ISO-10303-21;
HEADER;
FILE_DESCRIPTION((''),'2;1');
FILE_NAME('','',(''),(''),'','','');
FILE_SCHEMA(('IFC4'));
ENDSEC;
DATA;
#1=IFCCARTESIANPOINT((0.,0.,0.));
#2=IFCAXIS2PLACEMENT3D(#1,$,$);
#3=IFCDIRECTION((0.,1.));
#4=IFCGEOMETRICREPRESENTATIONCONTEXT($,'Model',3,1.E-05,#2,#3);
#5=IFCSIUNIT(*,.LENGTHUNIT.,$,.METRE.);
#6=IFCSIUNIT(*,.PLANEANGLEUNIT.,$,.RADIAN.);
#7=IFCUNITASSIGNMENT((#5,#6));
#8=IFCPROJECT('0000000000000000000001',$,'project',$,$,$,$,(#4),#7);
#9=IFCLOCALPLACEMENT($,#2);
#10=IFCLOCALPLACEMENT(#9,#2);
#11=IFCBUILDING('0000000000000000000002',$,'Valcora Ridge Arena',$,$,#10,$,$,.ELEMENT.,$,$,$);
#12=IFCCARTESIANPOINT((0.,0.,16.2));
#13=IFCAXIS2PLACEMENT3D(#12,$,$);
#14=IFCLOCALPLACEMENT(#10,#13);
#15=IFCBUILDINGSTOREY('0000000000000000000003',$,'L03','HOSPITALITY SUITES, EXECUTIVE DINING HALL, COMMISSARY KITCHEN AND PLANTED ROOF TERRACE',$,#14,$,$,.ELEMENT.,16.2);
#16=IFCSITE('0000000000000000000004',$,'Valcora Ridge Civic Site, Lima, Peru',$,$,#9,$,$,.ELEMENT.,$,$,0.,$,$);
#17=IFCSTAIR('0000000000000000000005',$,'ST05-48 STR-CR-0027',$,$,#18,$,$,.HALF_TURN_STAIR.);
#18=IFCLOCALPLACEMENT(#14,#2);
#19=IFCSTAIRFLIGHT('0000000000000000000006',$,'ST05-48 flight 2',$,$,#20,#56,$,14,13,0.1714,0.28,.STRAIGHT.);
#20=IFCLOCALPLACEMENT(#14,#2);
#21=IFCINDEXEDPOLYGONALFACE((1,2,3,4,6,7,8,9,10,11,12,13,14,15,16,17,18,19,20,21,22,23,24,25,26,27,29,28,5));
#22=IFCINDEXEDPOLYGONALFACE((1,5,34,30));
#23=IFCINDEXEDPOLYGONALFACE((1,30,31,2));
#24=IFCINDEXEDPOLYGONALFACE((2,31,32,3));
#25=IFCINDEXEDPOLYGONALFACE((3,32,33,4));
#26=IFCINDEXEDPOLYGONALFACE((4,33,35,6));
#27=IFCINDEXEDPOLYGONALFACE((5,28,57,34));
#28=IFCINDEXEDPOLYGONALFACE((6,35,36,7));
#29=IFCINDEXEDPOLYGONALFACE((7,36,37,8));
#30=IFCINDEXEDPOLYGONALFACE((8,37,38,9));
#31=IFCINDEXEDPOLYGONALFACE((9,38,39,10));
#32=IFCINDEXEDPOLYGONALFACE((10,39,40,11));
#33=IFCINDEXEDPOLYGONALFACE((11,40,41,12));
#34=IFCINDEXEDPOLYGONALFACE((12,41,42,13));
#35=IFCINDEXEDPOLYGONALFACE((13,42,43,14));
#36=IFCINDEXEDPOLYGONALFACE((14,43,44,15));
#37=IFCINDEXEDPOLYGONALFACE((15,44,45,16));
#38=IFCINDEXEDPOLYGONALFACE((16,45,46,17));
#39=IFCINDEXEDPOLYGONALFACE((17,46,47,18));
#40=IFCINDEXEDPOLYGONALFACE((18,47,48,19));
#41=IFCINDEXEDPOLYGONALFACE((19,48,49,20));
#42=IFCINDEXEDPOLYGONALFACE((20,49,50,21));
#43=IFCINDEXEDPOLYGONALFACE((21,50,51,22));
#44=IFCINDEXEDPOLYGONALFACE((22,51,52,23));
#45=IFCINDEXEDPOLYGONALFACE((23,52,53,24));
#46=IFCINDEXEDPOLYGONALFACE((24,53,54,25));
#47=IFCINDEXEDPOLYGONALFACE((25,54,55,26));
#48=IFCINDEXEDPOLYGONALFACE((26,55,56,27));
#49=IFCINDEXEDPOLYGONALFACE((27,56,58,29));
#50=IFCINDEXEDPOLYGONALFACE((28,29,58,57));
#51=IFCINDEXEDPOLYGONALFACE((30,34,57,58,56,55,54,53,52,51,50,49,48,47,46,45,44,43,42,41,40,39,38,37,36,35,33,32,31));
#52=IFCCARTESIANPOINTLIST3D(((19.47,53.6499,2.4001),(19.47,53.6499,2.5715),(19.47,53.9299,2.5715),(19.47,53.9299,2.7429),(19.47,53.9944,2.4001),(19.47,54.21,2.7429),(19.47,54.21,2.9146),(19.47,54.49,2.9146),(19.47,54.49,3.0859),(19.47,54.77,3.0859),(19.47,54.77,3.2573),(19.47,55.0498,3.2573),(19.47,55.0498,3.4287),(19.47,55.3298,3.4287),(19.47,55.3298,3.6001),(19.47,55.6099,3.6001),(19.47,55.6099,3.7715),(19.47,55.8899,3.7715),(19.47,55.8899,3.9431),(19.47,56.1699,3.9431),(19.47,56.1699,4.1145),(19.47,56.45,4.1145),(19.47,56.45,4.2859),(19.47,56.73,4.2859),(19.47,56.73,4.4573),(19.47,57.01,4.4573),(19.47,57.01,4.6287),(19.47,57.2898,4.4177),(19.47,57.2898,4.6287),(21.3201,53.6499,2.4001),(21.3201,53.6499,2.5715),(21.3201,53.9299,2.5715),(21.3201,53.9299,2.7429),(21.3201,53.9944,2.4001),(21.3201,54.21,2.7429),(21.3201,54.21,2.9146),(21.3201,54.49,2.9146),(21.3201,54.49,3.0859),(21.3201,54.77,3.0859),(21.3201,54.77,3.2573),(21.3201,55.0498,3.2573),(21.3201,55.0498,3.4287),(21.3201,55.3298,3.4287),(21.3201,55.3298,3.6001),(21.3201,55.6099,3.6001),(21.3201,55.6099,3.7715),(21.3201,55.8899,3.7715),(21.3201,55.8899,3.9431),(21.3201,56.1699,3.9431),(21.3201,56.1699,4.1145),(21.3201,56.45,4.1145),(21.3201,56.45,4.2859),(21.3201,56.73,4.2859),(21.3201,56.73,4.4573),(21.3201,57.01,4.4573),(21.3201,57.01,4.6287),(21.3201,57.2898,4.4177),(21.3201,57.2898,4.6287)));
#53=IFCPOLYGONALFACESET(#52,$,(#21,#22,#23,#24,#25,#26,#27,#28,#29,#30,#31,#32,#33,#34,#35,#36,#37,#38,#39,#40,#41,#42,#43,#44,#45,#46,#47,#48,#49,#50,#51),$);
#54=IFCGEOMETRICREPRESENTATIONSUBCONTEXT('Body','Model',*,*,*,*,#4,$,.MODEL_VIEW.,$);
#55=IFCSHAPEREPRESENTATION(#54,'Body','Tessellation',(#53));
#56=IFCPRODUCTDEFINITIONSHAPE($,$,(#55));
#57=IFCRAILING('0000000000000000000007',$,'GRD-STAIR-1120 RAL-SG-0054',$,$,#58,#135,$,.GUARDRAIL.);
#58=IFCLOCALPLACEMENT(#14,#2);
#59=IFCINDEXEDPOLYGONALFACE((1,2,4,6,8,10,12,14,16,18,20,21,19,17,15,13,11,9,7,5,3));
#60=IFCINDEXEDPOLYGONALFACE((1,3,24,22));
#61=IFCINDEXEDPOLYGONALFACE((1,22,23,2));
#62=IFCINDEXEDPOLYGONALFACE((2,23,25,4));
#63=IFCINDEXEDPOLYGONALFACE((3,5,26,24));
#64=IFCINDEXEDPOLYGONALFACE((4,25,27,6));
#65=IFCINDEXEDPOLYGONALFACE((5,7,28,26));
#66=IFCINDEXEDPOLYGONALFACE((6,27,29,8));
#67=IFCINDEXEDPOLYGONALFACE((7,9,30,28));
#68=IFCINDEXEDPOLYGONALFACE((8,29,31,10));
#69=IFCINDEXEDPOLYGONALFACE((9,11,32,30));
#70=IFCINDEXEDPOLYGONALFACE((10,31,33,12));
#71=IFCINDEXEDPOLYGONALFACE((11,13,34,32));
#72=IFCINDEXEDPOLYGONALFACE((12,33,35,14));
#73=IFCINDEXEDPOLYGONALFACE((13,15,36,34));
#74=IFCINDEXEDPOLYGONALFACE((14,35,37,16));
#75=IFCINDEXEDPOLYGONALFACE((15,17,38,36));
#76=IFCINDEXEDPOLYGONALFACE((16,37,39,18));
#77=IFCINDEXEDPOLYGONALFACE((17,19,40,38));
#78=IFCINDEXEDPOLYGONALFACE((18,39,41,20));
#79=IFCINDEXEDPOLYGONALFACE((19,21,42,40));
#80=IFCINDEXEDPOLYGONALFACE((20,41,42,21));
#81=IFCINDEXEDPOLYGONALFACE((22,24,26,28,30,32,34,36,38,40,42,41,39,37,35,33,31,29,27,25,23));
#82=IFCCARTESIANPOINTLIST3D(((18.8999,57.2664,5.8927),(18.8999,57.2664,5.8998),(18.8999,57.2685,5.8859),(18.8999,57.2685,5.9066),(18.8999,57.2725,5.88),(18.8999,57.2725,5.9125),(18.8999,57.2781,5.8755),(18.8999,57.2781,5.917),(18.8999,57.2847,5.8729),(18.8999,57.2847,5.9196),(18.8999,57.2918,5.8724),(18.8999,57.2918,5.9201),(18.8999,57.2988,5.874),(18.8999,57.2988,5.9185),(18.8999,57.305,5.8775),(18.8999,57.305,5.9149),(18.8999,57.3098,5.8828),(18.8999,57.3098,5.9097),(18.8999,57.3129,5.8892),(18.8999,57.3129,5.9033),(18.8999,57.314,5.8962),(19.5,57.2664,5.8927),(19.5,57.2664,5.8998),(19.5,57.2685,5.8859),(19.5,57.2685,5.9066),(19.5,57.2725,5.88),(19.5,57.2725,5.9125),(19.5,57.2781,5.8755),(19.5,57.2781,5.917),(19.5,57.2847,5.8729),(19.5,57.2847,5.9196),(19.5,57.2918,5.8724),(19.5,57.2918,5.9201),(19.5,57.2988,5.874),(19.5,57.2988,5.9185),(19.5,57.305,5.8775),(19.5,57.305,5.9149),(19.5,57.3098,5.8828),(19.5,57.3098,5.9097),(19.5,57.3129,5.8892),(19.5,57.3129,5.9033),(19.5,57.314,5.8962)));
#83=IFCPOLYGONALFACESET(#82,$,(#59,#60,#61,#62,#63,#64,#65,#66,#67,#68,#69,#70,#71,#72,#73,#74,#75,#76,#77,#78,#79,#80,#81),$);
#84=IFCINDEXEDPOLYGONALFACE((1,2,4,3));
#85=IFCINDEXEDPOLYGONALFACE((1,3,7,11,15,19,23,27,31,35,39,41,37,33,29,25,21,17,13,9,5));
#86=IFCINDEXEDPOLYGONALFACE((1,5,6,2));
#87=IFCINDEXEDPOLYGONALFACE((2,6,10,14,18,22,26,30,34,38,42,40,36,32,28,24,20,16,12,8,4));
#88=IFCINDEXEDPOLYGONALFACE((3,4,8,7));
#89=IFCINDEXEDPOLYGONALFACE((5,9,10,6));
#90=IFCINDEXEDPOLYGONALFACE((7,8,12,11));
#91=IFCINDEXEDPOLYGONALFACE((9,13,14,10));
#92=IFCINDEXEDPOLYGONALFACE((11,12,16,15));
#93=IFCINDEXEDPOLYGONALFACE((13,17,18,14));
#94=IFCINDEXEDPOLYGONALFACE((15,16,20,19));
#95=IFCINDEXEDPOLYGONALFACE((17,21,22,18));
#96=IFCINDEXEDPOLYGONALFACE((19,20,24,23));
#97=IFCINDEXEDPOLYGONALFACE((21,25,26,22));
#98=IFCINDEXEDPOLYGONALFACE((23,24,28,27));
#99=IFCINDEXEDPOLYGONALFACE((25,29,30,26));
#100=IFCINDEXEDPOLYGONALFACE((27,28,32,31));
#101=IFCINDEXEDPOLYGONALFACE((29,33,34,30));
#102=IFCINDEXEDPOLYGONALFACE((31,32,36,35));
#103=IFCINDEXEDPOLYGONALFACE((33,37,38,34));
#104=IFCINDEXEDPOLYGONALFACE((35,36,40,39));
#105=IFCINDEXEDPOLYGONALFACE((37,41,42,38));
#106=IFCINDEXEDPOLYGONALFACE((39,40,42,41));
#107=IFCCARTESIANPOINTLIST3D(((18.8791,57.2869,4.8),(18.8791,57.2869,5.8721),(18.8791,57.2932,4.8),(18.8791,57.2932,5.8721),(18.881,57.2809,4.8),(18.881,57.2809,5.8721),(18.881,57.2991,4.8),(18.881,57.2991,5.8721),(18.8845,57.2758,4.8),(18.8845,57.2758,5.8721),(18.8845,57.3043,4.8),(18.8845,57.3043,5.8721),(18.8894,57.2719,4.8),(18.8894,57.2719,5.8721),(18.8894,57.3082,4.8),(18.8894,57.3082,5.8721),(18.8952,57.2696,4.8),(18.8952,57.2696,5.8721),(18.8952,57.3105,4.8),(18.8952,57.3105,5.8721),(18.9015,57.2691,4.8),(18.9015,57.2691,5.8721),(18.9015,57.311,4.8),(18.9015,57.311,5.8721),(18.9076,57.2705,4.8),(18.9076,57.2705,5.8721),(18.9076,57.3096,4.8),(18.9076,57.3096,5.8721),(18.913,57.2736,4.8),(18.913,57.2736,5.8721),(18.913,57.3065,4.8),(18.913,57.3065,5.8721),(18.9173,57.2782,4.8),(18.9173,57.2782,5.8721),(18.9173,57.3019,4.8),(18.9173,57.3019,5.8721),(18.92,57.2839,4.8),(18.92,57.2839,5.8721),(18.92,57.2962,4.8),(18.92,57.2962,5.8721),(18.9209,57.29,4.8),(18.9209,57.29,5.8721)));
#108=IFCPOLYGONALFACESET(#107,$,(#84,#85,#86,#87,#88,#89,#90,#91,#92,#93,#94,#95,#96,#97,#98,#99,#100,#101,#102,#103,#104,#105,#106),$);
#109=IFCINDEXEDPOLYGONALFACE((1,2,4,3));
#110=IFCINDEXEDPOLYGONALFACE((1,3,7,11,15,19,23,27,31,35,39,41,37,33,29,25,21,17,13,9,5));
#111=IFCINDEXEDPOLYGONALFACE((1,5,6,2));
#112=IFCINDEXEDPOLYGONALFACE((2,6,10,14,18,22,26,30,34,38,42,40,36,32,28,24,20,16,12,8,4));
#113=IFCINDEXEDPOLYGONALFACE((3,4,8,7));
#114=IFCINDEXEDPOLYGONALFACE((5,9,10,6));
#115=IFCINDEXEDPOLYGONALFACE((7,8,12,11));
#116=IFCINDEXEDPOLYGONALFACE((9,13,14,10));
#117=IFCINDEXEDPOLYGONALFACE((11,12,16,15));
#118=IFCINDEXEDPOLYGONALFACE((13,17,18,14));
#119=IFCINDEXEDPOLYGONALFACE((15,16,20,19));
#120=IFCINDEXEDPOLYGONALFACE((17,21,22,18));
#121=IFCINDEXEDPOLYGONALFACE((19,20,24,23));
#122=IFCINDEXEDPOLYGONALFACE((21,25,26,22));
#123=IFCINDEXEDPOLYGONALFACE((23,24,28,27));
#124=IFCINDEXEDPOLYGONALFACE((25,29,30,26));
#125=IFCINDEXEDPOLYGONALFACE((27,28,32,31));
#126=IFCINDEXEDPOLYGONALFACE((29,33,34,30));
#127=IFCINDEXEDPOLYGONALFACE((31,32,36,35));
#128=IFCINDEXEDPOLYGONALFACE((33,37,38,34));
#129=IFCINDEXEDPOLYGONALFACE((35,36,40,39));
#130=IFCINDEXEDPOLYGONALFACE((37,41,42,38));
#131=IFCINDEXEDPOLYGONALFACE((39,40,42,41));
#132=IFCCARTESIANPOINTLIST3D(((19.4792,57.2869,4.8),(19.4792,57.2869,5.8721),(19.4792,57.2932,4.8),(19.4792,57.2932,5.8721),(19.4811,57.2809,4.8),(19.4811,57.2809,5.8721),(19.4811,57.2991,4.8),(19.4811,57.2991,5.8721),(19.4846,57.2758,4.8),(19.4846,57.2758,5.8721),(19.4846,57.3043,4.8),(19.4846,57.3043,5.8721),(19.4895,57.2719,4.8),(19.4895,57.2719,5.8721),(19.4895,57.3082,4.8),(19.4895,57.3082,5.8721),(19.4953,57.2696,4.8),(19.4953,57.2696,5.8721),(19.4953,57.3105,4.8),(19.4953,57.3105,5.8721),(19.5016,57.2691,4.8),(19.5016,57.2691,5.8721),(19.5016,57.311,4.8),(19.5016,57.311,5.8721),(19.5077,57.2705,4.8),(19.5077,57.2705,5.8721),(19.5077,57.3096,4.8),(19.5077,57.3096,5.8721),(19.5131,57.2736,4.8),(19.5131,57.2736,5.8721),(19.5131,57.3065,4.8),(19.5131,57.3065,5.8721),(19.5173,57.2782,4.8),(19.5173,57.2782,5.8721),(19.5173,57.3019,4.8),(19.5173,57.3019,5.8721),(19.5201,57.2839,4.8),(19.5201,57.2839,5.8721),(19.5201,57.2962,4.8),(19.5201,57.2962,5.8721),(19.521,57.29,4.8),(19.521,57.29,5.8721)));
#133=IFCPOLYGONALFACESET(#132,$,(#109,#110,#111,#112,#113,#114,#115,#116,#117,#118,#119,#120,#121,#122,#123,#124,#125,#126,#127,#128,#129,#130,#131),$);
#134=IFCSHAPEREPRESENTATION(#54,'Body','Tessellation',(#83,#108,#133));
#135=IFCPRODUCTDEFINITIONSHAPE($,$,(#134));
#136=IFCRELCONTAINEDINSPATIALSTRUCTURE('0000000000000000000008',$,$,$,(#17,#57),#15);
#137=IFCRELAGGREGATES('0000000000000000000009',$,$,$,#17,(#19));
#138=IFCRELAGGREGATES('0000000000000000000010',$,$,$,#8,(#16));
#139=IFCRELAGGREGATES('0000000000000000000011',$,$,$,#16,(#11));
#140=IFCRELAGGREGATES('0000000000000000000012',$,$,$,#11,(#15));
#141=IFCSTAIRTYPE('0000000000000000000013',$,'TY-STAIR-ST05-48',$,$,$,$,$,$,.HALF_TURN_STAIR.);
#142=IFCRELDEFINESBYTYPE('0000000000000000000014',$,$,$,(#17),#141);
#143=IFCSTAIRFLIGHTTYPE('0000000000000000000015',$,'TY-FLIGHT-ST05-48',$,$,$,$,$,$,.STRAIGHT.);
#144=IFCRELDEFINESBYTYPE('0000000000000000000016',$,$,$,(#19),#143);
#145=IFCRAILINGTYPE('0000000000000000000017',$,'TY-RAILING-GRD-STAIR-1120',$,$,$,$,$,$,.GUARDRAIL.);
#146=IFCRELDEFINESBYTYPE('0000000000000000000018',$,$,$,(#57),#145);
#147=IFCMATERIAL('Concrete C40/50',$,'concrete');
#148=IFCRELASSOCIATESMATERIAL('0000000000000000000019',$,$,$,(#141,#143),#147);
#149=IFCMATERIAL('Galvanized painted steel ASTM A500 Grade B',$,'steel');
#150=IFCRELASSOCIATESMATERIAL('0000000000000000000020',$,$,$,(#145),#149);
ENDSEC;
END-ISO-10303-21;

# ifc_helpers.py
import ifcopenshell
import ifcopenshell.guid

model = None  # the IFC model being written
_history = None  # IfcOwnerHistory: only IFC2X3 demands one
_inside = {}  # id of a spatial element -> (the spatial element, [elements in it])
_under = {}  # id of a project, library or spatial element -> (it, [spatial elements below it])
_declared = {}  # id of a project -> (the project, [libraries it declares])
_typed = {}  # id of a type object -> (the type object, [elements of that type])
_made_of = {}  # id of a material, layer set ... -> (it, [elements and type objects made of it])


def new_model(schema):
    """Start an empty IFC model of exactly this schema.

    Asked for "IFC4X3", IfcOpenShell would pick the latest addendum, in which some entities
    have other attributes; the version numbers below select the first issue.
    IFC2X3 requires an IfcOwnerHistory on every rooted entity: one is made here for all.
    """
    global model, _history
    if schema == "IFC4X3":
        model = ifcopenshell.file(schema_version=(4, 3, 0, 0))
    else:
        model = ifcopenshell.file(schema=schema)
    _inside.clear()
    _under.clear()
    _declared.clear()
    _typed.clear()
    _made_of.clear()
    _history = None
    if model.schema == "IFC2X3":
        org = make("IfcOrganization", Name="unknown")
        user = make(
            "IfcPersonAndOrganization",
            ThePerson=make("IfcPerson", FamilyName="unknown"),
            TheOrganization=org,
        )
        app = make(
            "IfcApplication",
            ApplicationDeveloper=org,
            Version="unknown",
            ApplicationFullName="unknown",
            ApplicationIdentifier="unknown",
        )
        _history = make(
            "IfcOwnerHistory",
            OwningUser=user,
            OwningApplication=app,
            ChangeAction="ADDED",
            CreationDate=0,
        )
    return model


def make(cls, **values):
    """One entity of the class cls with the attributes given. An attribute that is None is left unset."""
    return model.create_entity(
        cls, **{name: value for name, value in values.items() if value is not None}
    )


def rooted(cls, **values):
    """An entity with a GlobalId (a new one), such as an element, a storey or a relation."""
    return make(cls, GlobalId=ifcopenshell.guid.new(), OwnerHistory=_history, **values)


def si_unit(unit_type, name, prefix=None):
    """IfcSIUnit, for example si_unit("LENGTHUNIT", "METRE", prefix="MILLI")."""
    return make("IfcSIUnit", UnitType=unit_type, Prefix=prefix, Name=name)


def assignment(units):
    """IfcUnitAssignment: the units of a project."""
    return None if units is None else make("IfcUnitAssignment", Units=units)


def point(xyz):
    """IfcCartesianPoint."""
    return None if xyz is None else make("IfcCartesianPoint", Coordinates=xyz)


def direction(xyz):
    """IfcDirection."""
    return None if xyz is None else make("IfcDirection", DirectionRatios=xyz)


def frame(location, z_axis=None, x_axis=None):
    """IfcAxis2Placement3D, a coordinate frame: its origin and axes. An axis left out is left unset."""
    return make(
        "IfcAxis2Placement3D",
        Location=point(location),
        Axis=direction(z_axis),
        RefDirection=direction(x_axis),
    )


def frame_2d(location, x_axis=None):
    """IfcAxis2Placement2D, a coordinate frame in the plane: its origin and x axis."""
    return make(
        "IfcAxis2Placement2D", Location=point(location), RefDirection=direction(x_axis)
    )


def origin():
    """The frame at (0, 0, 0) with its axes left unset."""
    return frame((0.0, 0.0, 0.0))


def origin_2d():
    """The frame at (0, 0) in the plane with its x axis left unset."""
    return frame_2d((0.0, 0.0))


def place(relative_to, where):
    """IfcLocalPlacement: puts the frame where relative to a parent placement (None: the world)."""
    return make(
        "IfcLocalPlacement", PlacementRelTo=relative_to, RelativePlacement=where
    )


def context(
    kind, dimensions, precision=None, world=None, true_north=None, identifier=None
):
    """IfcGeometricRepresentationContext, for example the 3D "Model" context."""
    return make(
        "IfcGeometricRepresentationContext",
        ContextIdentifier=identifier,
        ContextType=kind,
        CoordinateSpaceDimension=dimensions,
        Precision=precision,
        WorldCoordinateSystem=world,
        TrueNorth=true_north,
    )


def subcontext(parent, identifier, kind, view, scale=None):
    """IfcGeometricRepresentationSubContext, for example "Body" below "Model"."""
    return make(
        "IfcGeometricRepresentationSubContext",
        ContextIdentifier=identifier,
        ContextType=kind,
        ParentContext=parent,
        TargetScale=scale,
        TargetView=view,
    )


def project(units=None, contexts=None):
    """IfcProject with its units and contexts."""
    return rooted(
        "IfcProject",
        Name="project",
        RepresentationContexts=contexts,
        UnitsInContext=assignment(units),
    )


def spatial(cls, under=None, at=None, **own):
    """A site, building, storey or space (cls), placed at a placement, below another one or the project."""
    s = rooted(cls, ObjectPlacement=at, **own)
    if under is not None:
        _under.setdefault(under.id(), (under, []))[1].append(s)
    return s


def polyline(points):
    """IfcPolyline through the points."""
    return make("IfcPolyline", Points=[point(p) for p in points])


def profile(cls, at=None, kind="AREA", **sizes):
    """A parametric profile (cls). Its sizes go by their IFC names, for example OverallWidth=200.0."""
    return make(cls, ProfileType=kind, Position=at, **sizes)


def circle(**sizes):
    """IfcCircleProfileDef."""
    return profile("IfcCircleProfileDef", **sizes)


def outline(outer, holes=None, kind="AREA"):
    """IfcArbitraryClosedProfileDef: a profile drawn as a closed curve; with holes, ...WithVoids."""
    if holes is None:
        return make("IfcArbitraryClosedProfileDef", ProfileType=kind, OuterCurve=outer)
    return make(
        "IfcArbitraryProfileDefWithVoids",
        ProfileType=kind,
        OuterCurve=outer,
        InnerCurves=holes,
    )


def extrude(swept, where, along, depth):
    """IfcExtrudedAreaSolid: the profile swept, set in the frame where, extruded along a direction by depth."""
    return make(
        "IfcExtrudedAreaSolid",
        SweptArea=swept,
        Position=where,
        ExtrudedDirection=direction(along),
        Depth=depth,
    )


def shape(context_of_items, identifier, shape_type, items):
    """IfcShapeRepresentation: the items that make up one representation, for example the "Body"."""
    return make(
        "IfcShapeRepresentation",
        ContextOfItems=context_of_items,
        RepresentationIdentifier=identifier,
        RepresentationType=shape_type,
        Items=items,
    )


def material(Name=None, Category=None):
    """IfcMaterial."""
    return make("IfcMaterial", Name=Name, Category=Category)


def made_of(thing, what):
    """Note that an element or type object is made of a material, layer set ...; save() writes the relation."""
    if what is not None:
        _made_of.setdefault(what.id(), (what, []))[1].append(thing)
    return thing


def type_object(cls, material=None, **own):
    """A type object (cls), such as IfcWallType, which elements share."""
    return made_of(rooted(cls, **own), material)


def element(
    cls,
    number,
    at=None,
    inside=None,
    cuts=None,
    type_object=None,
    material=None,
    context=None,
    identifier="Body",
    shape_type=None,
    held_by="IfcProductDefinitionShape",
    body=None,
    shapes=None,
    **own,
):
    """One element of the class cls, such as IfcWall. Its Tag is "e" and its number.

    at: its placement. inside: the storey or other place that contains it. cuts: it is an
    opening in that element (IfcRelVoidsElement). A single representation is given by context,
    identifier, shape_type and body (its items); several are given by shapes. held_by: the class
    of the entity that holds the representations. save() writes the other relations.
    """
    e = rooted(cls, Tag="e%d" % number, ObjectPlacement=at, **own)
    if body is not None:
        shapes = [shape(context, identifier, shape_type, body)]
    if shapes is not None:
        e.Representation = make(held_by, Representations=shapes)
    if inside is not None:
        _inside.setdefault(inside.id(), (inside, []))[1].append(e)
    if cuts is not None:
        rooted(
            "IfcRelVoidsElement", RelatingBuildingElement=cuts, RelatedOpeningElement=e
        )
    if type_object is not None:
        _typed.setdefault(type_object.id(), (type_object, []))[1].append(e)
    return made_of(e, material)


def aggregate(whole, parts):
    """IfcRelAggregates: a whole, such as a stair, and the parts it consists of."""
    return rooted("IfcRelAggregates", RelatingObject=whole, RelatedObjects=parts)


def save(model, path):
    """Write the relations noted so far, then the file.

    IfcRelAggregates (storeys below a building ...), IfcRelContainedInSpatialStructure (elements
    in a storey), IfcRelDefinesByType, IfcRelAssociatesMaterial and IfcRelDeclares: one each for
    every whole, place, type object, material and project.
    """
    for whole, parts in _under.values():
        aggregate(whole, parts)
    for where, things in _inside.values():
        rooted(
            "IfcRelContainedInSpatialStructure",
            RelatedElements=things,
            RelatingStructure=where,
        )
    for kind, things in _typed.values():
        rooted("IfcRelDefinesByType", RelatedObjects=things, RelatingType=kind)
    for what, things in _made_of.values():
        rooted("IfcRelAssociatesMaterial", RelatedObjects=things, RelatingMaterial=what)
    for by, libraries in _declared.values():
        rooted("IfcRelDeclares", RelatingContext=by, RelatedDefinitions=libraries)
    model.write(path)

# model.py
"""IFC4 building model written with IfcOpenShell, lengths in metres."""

from ifc_helpers import new_model, si_unit, direction, frame, origin, origin_2d, place, context, subcontext, project, spatial, polyline, circle, outline, extrude, material, type_object, element, aggregate, save


model = new_model("IFC4")

# Units and contexts
model_context = context("Model", 3, precision=1e-05, world=origin(), true_north=direction((0.0, 1.0)))
body_context = subcontext(model_context, "Body", "Model", "MODEL_VIEW")
ifc_project = project(units=[si_unit("LENGTHUNIT", "METRE"), si_unit("PLANEANGLEUNIT", "RADIAN")], contexts=[model_context])

# Site, building, storey
site_placement = place(None, origin())
site = spatial("IfcSite", under=ifc_project, at=site_placement, Name="Valcora Ridge Civic Site, Lima, Peru", CompositionType="ELEMENT", RefElevation=0.0)
building_placement = place(site_placement, origin())
building = spatial("IfcBuilding", under=site, at=building_placement, Name="Valcora Ridge Arena", CompositionType="ELEMENT")
storey_placement = place(building_placement, frame((0.0, 0.0, 16.2)))
storey = spatial("IfcBuildingStorey", under=building, at=storey_placement, Name="L03", Description="HOSPITALITY SUITES, EXECUTIVE DINING HALL, COMMISSARY KITCHEN AND PLANTED ROOF TERRACE", CompositionType="ELEMENT", Elevation=16.2)

# Shared definitions
ifc_material_1 = material(Name="Concrete C40/50", Category="concrete")

# Stair, stair flight
stair_type = type_object("IfcStairType", Name="TY-STAIR-ST05-48", PredefinedType="HALF_TURN_STAIR", material=ifc_material_1)
stair_placement = place(storey_placement, origin())
stair = element("IfcStair", 1, at=stair_placement, inside=storey, type_object=stair_type, Name="ST05-48 STR-CR-0027", PredefinedType="HALF_TURN_STAIR")
stair_flight_type = type_object("IfcStairFlightType", Name="TY-FLIGHT-ST05-48", PredefinedType="STRAIGHT", material=ifc_material_1)
stair_flight_placement = place(storey_placement, frame((20.395, 53.6499, 2.4001), z_axis=(0.0, 0.0, 1.0), x_axis=(0.0, 1.0, 0.0)))
stair_flight = element("IfcStairFlight", 2, at=stair_flight_placement, type_object=stair_flight_type, Name="ST05-48 flight 2", NumberOfRisers=14, NumberOfTreads=13, PredefinedType="STRAIGHT", RiserHeight=0.1714, TreadLength=0.28, context=body_context, shape_type="SweptSolid", body=[
    extrude(outline(polyline([(0.0, 0.0), (0.0, 0.1714), (0.28, 0.1714), (0.28, 0.3428), (0.5601, 0.3428), (0.5601, 0.5144), (0.8401, 0.5144), (0.8401, 0.6858), (1.1201, 0.6858), (1.1201, 0.8572), (1.3999, 0.8572), (1.3999, 1.0286), (1.6799, 1.0286), (1.6799, 1.2), (1.96, 1.2), (1.96, 1.3713), (2.24, 1.3713), (2.24, 1.543), (2.52, 1.543), (2.52, 1.7144), (2.8, 1.7144), (2.8, 1.8857), (3.0801, 1.8857), (3.0801, 2.0571), (3.3601, 2.0571), (3.3601, 2.2285), (3.6399, 2.2285), (3.6399, 2.3999), (3.6399, 2.0176), (0.3445, 0.0), (0.0, 0.0)])), frame((0.0, 0.925, 0.0), z_axis=(0.0, -1.0, 0.0), x_axis=(1.0, 0.0, 0.0)), (0.0, 0.0, 1.0), 1.8501),
])
aggregate(stair, [stair_flight])

# Railing
ifc_material_2 = material(Name="Galvanized painted steel ASTM A500 Grade B", Category="steel")
railing_type_1 = type_object("IfcRailingType", Name="TY-RAILING-GRD-STAIR-1120", PredefinedType="GUARDRAIL", material=ifc_material_2)
railing_1_placement = place(storey_placement, frame((18.8999, 57.29, 4.8)))
element("IfcRailing", 3, at=railing_1_placement, inside=storey, type_object=railing_type_1, Name="GRD-STAIR-1120 RAL-SG-0054", PredefinedType="GUARDRAIL", context=body_context, shape_type="SweptSolid", body=[
    extrude(circle(Radius=0.0239, at=origin_2d()), frame((0.0, 0.0, 1.0962), z_axis=(1.0, 0.0, 0.0), x_axis=(0.0, 1.0, 0.0)), (0.0, 0.0, 1.0), 0.6001),
    extrude(circle(Radius=0.021, at=origin_2d()), origin(), (0.0, 0.0, 1.0), 1.072),
    extrude(circle(Radius=0.021, at=origin_2d()), frame((0.6001, 0.0, 0.0)), (0.0, 0.0, 1.0), 1.072),
])

save(model, "model.ifc")
